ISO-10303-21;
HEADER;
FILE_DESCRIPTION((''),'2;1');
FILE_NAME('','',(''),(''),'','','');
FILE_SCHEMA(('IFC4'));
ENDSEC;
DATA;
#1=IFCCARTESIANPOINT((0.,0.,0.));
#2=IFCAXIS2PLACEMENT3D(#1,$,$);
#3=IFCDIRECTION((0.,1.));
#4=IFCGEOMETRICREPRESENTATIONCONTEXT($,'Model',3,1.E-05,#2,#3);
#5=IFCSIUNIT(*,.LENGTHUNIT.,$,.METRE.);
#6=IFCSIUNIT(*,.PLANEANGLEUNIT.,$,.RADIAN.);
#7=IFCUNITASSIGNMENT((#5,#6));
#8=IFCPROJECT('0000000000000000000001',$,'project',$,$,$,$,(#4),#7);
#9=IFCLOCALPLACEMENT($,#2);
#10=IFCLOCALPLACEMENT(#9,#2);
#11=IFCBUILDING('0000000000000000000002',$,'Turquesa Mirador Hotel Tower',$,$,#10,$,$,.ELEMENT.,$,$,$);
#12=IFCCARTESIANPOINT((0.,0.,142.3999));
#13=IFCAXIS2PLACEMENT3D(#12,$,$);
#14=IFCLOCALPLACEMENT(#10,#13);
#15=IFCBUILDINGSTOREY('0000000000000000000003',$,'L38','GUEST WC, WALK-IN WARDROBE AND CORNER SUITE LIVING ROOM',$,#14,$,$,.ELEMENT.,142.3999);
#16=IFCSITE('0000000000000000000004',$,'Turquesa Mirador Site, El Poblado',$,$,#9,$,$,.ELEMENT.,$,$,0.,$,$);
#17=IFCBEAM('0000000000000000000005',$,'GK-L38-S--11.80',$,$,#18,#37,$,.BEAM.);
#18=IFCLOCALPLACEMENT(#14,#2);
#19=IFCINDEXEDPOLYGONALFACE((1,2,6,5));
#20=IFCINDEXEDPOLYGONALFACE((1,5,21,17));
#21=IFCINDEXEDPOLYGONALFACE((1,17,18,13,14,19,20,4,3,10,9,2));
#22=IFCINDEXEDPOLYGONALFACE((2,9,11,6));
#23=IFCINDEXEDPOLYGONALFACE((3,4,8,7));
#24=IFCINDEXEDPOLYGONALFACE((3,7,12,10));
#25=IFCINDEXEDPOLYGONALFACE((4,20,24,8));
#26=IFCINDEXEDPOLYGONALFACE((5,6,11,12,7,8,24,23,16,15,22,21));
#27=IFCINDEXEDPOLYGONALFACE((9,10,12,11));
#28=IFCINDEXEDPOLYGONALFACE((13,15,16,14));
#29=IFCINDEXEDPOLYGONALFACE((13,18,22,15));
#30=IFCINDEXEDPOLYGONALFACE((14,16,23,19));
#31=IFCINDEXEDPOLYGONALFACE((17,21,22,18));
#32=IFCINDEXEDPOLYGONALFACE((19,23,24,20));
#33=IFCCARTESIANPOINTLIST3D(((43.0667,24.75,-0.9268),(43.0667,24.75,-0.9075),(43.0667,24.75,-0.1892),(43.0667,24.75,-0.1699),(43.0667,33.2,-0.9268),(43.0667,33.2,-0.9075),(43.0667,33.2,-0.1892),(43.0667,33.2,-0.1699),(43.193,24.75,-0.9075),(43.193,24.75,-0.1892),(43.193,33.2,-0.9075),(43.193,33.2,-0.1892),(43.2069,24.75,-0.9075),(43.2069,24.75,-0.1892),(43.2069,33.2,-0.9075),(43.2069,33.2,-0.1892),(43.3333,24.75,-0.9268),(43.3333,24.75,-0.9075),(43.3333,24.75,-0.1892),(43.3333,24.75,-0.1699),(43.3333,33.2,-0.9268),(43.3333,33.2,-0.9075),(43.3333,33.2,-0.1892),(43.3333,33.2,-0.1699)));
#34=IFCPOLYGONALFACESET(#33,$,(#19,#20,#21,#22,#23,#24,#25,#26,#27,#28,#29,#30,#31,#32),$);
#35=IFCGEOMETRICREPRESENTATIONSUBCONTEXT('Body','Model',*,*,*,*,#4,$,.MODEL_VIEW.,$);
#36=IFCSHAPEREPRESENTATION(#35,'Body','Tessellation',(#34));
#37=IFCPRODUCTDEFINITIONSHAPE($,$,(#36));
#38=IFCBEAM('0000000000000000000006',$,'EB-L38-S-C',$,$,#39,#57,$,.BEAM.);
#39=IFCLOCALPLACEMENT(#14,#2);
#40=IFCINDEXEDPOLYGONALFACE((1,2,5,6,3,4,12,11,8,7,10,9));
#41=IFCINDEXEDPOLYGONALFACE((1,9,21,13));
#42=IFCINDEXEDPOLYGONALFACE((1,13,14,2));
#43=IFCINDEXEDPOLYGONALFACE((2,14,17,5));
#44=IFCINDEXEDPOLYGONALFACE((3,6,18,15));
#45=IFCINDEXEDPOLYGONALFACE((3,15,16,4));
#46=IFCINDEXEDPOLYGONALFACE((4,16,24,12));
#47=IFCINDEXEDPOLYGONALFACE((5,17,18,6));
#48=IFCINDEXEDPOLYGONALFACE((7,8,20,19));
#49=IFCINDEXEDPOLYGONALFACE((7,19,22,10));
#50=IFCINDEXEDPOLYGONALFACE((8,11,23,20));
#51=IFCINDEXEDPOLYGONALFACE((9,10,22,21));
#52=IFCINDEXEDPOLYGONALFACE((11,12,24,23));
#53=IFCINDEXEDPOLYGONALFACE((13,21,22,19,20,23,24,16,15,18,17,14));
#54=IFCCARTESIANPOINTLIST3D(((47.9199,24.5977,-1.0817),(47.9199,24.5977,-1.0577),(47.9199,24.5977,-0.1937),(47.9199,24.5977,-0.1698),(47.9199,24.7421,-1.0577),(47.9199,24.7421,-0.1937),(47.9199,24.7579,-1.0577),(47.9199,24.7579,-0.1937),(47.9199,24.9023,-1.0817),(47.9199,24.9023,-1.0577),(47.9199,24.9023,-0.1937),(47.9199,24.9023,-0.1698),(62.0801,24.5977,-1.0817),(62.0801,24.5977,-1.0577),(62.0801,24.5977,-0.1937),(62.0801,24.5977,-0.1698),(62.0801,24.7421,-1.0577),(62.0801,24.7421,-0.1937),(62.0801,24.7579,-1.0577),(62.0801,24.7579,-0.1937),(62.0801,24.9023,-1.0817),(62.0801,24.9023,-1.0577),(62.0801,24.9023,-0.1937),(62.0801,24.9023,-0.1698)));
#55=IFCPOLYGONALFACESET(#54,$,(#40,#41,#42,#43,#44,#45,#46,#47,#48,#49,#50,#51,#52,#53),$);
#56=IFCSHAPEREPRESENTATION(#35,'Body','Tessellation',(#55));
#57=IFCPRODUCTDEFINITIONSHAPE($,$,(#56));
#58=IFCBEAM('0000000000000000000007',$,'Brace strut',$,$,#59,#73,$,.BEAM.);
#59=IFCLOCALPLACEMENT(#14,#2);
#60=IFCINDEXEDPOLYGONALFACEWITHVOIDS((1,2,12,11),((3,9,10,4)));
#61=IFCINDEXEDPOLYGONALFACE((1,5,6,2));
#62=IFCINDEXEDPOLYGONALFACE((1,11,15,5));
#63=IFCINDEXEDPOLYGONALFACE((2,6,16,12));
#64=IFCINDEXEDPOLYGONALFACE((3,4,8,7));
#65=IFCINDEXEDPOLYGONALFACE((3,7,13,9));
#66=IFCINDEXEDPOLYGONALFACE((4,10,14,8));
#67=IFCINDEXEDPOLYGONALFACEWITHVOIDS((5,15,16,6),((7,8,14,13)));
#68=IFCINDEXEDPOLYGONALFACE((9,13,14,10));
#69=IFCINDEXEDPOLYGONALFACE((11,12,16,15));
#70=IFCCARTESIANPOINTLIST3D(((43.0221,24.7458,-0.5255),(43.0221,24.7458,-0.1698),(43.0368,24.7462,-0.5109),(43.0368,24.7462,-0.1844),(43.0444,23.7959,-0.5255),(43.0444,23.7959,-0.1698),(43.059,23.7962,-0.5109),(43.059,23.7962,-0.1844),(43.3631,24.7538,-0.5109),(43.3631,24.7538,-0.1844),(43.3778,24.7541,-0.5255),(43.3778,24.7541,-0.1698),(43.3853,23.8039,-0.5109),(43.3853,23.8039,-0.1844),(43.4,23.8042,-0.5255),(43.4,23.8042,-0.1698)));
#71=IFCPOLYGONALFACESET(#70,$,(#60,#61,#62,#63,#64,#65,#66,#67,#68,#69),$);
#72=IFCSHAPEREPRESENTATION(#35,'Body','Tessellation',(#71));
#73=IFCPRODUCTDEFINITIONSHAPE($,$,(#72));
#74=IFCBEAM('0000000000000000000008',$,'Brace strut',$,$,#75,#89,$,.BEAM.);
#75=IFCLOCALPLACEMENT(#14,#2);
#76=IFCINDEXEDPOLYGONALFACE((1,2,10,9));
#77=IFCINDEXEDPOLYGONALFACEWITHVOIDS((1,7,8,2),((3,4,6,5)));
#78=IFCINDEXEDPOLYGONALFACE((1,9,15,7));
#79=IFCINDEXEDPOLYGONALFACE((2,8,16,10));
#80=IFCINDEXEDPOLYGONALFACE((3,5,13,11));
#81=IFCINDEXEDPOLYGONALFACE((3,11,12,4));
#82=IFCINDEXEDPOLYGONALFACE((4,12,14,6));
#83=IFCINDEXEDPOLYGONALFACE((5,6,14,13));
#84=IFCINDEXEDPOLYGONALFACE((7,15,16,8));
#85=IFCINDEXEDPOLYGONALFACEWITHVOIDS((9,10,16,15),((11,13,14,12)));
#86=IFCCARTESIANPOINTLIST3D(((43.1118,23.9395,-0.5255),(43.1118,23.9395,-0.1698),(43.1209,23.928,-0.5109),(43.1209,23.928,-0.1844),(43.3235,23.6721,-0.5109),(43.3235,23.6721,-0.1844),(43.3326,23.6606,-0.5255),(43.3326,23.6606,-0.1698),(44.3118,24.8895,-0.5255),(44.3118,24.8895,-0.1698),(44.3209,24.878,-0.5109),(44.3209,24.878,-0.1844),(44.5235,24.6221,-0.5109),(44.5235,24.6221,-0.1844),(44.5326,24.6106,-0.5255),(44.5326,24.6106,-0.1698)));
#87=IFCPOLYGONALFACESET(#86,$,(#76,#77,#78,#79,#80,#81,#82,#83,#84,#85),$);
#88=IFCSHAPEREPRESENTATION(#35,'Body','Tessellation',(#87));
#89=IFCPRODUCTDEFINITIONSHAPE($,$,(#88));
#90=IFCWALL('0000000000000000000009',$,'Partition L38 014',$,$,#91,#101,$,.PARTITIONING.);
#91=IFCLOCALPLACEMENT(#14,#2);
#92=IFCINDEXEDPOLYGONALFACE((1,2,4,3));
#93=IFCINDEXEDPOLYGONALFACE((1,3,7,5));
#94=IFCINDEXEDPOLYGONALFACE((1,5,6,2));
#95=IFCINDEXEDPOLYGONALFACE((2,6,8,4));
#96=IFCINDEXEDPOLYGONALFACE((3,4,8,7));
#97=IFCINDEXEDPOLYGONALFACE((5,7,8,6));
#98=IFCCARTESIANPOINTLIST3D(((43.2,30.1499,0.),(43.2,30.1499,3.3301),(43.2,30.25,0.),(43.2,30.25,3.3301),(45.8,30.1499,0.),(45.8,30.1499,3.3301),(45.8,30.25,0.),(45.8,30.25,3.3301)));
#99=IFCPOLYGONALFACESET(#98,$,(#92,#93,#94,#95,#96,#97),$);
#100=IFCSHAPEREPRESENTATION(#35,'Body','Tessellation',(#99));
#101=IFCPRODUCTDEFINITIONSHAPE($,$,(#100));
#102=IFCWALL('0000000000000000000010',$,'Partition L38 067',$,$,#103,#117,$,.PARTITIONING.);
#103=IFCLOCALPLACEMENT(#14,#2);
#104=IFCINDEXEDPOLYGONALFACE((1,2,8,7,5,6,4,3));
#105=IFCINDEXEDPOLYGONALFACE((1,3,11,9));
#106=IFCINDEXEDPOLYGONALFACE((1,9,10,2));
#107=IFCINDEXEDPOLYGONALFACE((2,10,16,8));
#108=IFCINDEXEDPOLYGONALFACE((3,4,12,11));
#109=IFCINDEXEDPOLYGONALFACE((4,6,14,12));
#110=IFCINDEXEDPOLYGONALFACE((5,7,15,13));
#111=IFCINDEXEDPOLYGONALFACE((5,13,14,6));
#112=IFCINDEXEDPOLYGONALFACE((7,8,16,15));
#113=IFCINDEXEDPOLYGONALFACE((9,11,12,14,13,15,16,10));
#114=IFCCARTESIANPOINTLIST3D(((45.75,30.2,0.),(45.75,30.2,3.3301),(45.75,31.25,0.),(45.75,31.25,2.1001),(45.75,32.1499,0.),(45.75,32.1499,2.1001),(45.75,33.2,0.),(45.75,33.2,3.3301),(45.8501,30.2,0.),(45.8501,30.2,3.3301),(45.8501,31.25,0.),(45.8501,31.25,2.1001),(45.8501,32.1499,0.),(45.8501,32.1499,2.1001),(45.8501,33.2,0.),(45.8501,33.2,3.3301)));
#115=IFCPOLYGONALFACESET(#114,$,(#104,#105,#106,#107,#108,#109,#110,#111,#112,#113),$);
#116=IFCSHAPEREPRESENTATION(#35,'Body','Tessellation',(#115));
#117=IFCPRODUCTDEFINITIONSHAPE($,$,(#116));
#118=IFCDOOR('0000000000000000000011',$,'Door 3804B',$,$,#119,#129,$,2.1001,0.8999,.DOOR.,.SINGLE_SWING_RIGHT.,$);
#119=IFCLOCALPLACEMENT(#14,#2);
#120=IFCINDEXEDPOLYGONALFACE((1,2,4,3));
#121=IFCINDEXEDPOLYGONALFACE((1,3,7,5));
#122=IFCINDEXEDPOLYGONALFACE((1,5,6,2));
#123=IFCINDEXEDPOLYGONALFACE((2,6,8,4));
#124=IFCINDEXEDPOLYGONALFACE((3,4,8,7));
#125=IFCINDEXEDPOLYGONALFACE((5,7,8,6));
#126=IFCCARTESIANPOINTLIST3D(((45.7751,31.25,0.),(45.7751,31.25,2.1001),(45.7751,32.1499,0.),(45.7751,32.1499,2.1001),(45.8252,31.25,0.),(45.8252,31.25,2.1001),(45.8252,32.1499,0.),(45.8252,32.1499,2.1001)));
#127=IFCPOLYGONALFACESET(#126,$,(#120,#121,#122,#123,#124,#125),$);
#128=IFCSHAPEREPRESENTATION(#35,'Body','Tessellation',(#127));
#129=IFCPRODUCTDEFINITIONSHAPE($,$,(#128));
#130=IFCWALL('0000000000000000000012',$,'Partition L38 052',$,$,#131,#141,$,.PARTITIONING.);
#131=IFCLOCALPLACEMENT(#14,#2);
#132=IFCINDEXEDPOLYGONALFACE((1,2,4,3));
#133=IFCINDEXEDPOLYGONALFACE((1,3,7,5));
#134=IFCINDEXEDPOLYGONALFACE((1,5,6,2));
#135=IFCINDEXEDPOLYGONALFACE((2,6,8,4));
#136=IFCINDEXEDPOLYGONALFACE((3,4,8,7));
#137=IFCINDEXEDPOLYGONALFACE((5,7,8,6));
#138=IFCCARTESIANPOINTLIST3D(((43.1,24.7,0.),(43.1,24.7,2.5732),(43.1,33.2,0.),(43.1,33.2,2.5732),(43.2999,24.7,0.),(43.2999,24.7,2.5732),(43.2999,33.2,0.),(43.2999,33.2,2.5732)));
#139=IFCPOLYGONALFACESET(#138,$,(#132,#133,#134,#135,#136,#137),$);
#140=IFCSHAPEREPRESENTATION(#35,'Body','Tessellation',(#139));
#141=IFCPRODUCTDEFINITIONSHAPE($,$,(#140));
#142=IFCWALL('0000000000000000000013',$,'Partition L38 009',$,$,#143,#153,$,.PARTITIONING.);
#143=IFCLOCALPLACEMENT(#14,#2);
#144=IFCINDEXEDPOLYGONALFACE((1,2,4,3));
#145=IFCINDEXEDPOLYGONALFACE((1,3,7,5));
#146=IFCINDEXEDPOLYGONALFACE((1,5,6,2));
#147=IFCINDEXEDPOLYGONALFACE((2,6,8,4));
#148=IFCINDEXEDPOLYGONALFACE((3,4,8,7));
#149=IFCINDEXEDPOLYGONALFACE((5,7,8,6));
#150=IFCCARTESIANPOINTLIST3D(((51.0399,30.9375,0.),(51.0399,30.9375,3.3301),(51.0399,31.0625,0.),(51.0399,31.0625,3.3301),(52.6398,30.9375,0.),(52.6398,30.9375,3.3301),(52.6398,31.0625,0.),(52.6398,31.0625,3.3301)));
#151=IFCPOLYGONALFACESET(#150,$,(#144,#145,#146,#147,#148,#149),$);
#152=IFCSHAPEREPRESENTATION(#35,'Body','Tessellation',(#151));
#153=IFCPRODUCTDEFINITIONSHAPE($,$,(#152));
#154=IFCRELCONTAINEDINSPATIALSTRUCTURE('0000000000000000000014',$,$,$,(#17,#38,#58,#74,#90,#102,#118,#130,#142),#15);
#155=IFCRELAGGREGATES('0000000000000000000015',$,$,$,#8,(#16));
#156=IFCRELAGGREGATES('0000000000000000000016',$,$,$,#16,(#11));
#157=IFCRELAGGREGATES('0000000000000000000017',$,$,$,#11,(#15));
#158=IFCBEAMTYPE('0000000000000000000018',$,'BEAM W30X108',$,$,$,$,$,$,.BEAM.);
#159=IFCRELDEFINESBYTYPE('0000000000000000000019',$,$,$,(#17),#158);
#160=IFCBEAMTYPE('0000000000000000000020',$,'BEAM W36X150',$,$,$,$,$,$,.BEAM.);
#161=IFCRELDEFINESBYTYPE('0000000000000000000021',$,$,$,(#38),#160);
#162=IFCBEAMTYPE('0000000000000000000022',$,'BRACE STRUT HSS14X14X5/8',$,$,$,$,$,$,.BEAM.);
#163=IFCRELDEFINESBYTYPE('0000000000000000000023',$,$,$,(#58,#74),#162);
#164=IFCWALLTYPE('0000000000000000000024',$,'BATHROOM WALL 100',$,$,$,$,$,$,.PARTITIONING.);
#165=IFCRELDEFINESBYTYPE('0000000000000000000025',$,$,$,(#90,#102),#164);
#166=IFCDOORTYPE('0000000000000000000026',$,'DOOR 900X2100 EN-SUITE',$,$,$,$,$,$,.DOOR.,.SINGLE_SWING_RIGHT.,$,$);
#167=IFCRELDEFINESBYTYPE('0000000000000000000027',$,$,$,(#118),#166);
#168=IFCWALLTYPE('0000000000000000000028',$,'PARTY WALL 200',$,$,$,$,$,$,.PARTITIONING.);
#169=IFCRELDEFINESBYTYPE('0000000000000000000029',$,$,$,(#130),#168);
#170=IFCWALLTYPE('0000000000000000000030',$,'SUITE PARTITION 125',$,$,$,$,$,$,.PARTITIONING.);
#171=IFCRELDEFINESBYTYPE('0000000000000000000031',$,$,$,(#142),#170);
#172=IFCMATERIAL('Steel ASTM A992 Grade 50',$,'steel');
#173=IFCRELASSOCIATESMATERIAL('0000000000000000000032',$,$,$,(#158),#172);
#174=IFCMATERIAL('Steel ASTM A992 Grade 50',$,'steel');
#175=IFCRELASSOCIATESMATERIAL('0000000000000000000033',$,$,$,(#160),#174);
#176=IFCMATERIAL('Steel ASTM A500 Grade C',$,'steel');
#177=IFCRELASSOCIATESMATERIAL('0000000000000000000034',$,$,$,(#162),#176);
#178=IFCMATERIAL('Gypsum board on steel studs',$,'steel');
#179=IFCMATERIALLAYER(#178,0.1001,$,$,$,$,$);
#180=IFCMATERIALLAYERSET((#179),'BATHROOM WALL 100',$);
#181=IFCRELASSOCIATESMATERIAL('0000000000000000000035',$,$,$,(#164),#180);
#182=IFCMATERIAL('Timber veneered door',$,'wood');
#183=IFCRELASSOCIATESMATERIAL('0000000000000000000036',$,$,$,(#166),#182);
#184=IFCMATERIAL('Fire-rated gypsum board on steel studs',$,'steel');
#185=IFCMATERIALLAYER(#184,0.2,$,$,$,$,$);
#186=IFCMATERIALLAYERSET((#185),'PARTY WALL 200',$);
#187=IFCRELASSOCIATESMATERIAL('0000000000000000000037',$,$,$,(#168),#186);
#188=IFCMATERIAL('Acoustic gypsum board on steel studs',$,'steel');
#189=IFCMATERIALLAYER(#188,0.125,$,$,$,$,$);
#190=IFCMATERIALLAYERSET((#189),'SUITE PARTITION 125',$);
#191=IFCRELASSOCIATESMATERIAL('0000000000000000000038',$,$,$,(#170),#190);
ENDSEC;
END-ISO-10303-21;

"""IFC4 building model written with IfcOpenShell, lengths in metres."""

from ifc_helpers import new_model, si_unit, direction, frame, frame_2d, origin, origin_2d, place, context, subcontext, project, spatial, rectangle, hollow_rectangle, i_section, extrude, material, layer, layer_set, material_profile, profile_set, type_object, element, fill, save


model = new_model("IFC4")

# Units and contexts
model_context = context("Model", 3, precision=1e-05, world=origin(), true_north=direction((0.0, 1.0)))
body_context = subcontext(model_context, "Body", "Model", "MODEL_VIEW")
ifc_project = project(units=[si_unit("LENGTHUNIT", "METRE"), si_unit("PLANEANGLEUNIT", "RADIAN")], contexts=[model_context])

# Site, building, storey
site_placement = place(None, origin())
site = spatial("IfcSite", under=ifc_project, at=site_placement, Name="Turquesa Mirador Site, El Poblado", CompositionType="ELEMENT", RefElevation=0.0)
building_placement = place(site_placement, origin())
building = spatial("IfcBuilding", under=site, at=building_placement, Name="Turquesa Mirador Hotel Tower", CompositionType="ELEMENT")
storey_placement = place(building_placement, frame((0.0, 0.0, 142.3999)))
storey = spatial("IfcBuildingStorey", under=building, at=storey_placement, Name="L38", Description="GUEST WC, WALK-IN WARDROBE AND CORNER SUITE LIVING ROOM", CompositionType="ELEMENT", Elevation=142.3999)

# Beams
ifc_material_1 = material(Name="Steel ASTM A992 Grade 50", Category="steel")
ifc_material_profile_1 = material_profile(ifc_material_1, i_section(OverallWidth=0.2666, OverallDepth=0.7568, WebThickness=0.0139, FlangeThickness=0.0193, at=origin_2d()), Name="W30X108")
ifc_profile_set_1 = profile_set([ifc_material_profile_1], Name="Steel ASTM A992 Grade 50")
beam_type_1 = type_object("IfcBeamType", Name="BEAM W30X108", PredefinedType="BEAM", material=ifc_profile_set_1)
beam_1_placement = place(storey_placement, frame((43.2, 24.75, -0.5483), z_axis=(0.0, 1.0, 0.0), x_axis=(-1.0, 0.0, 0.0)))
element("IfcBeam", 1, at=beam_1_placement, inside=storey, type_object=beam_type_1, Name="GK-L38-S--11.80", PredefinedType="BEAM", context=body_context, shape_type="SweptSolid", body=[
    extrude(i_section(OverallWidth=0.2666, OverallDepth=0.7568, WebThickness=0.0139, FlangeThickness=0.0193, at=origin_2d()), origin(), (0.0, 0.0, 1.0), 8.45),
])
ifc_material_2 = material(Name="Steel ASTM A992 Grade 50", Category="steel")
ifc_material_profile_2 = material_profile(ifc_material_2, i_section(OverallWidth=0.3047, OverallDepth=0.9119, WebThickness=0.0159, FlangeThickness=0.0239, at=origin_2d()), Name="W36X150")
ifc_profile_set_2 = profile_set([ifc_material_profile_2], Name="Steel ASTM A992 Grade 50")
beam_type_2 = type_object("IfcBeamType", Name="BEAM W36X150", PredefinedType="BEAM", material=ifc_profile_set_2)
beam_2_placement = place(storey_placement, frame((47.9199, 24.75, -0.6257), z_axis=(1.0, 0.0, 0.0), x_axis=(0.0, 1.0, 0.0)))
element("IfcBeam", 2, at=beam_2_placement, inside=storey, type_object=beam_type_2, Name="EB-L38-S-C", PredefinedType="BEAM", context=body_context, shape_type="SweptSolid", body=[
    extrude(i_section(OverallWidth=0.3047, OverallDepth=0.9119, WebThickness=0.0159, FlangeThickness=0.0239, at=origin_2d()), origin(), (0.0, 0.0, 1.0), 14.1602),
])
ifc_material_3 = material(Name="Steel ASTM A500 Grade C", Category="steel")
ifc_material_profile_3 = material_profile(ifc_material_3, hollow_rectangle(XDim=0.3557, YDim=0.3557, WallThickness=0.0146, at=origin_2d()), Name="HSS14X14X5/8")
ifc_profile_set_3 = profile_set([ifc_material_profile_3], Name="Steel ASTM A500 Grade C")
beam_type_3 = type_object("IfcBeamType", Name="BRACE STRUT HSS14X14X5/8", PredefinedType="BEAM", material=ifc_profile_set_3)
beam_3_placement = place(storey_placement, frame((43.2222, 23.8, -0.3477), z_axis=(-0.023381, 0.999727, 0.0), x_axis=(-0.999727, -0.023381, 0.0)))
element("IfcBeam", 3, at=beam_3_placement, inside=storey, type_object=beam_type_3, Name="Brace strut", PredefinedType="BEAM", context=body_context, shape_type="SweptSolid", body=[
    extrude(hollow_rectangle(XDim=0.3557, YDim=0.3557, WallThickness=0.0146, at=origin_2d()), origin(), (0.0, 0.0, 1.0), 0.9502),
])
beam_4_placement = place(storey_placement, frame((43.2222, 23.8, -0.3477), z_axis=(0.784049, 0.620699, 0.0), x_axis=(-0.620699, 0.784049, 0.0)))
element("IfcBeam", 4, at=beam_4_placement, inside=storey, type_object=beam_type_3, Name="Brace strut", PredefinedType="BEAM", context=body_context, shape_type="SweptSolid", body=[
    extrude(hollow_rectangle(XDim=0.3557, YDim=0.3557, WallThickness=0.0146, at=origin_2d()), origin(), (0.0, 0.0, 1.0), 1.5305),
])

# Wall
ifc_material_4 = material(Name="Gypsum board on steel studs", Category="steel")
ifc_layer_1 = layer(ifc_material_4, 0.1001)
ifc_layer_set_1 = layer_set([ifc_layer_1], Name="BATHROOM WALL 100")
wall_type_1 = type_object("IfcWallType", Name="BATHROOM WALL 100", PredefinedType="PARTITIONING", material=ifc_layer_set_1)
wall_1_placement = place(storey_placement, frame((43.2, 30.2, 0.0), z_axis=(0.0, 0.0, 1.0), x_axis=(1.0, 0.0, 0.0)))
element("IfcWall", 5, at=wall_1_placement, inside=storey, type_object=wall_type_1, Name="Partition L38 014", PredefinedType="PARTITIONING", context=body_context, shape_type="SweptSolid", body=[
    extrude(rectangle(XDim=2.6001, YDim=0.1001, at=frame_2d((1.3, 0.0))), origin(), (0.0, 0.0, 1.0), 3.3301),
])

# Wall, opening, door
wall_2_placement = place(storey_placement, frame((45.8, 30.2, 0.0), z_axis=(0.0, 0.0, 1.0), x_axis=(0.0, 1.0, 0.0)))
wall_2 = element("IfcWall", 6, at=wall_2_placement, inside=storey, type_object=wall_type_1, Name="Partition L38 067", PredefinedType="PARTITIONING", context=body_context, shape_type="SweptSolid", body=[
    extrude(rectangle(XDim=3.0, YDim=0.1001, at=frame_2d((1.5, 0.0))), origin(), (0.0, 0.0, 1.0), 3.3301),
])
opening_1_placement = place(wall_2_placement, frame((1.05, 0.0, 0.0)))
opening_1 = element("IfcOpeningElement", 7, at=opening_1_placement, cuts=wall_2, PredefinedType="OPENING", context=body_context, shape_type="SweptSolid", body=[
    extrude(rectangle(XDim=0.8999, YDim=2.1001, at=frame_2d((0.45, 1.05))), frame((0.0, 0.0601, 0.0), z_axis=(0.0, -1.0, 0.0), x_axis=(1.0, 0.0, 0.0)), (0.0, 0.0, 1.0), 0.1201),
])
ifc_material_5 = material(Name="Timber veneered door", Category="wood")
door_type_1 = type_object("IfcDoorType", Name="DOOR 900X2100 EN-SUITE", OperationType="SINGLE_SWING_RIGHT", PredefinedType="DOOR", material=ifc_material_5)
door_1_placement = place(opening_1_placement, origin())
door_1 = element("IfcDoor", 8, at=door_1_placement, inside=storey, type_object=door_type_1, Name="Door 3804B", OperationType="SINGLE_SWING_RIGHT", OverallHeight=2.1001, OverallWidth=0.8999, PredefinedType="DOOR", context=body_context, shape_type="SweptSolid", body=[
    extrude(rectangle(XDim=0.8999, YDim=2.1001, at=frame_2d((0.45, 1.05))), frame((0.0, 0.0249, 0.0), z_axis=(0.0, -1.0, 0.0), x_axis=(1.0, 0.0, 0.0)), (0.0, 0.0, 1.0), 0.05),
])
fill(opening_1, door_1)

# Walls
ifc_material_6 = material(Name="Fire-rated gypsum board on steel studs", Category="steel")
ifc_layer_2 = layer(ifc_material_6, 0.2)
ifc_layer_set_2 = layer_set([ifc_layer_2], Name="PARTY WALL 200")
wall_type_2 = type_object("IfcWallType", Name="PARTY WALL 200", PredefinedType="PARTITIONING", material=ifc_layer_set_2)
wall_3_placement = place(storey_placement, frame((43.2, 24.7, 0.0), z_axis=(0.0, 0.0, 1.0), x_axis=(0.0, 1.0, 0.0)))
element("IfcWall", 9, at=wall_3_placement, inside=storey, type_object=wall_type_2, Name="Partition L38 052", PredefinedType="PARTITIONING", context=body_context, shape_type="SweptSolid", body=[
    extrude(rectangle(XDim=8.5, YDim=0.2, at=frame_2d((4.25, 0.0))), origin(), (0.0, 0.0, 1.0), 2.5732),
])
ifc_material_7 = material(Name="Acoustic gypsum board on steel studs", Category="steel")
ifc_layer_3 = layer(ifc_material_7, 0.125)
ifc_layer_set_3 = layer_set([ifc_layer_3], Name="SUITE PARTITION 125")
wall_type_3 = type_object("IfcWallType", Name="SUITE PARTITION 125", PredefinedType="PARTITIONING", material=ifc_layer_set_3)
wall_4_placement = place(storey_placement, frame((51.04, 31.0, 0.0), z_axis=(0.0, 0.0, 1.0), x_axis=(1.0, 0.0, 0.0)))
element("IfcWall", 10, at=wall_4_placement, inside=storey, type_object=wall_type_3, Name="Partition L38 009", PredefinedType="PARTITIONING", context=body_context, shape_type="SweptSolid", body=[
    extrude(rectangle(XDim=1.5999, YDim=0.125, at=frame_2d((0.7998, 0.0))), origin(), (0.0, 0.0, 1.0), 3.3301),
])

save(model, "model.ifc")
